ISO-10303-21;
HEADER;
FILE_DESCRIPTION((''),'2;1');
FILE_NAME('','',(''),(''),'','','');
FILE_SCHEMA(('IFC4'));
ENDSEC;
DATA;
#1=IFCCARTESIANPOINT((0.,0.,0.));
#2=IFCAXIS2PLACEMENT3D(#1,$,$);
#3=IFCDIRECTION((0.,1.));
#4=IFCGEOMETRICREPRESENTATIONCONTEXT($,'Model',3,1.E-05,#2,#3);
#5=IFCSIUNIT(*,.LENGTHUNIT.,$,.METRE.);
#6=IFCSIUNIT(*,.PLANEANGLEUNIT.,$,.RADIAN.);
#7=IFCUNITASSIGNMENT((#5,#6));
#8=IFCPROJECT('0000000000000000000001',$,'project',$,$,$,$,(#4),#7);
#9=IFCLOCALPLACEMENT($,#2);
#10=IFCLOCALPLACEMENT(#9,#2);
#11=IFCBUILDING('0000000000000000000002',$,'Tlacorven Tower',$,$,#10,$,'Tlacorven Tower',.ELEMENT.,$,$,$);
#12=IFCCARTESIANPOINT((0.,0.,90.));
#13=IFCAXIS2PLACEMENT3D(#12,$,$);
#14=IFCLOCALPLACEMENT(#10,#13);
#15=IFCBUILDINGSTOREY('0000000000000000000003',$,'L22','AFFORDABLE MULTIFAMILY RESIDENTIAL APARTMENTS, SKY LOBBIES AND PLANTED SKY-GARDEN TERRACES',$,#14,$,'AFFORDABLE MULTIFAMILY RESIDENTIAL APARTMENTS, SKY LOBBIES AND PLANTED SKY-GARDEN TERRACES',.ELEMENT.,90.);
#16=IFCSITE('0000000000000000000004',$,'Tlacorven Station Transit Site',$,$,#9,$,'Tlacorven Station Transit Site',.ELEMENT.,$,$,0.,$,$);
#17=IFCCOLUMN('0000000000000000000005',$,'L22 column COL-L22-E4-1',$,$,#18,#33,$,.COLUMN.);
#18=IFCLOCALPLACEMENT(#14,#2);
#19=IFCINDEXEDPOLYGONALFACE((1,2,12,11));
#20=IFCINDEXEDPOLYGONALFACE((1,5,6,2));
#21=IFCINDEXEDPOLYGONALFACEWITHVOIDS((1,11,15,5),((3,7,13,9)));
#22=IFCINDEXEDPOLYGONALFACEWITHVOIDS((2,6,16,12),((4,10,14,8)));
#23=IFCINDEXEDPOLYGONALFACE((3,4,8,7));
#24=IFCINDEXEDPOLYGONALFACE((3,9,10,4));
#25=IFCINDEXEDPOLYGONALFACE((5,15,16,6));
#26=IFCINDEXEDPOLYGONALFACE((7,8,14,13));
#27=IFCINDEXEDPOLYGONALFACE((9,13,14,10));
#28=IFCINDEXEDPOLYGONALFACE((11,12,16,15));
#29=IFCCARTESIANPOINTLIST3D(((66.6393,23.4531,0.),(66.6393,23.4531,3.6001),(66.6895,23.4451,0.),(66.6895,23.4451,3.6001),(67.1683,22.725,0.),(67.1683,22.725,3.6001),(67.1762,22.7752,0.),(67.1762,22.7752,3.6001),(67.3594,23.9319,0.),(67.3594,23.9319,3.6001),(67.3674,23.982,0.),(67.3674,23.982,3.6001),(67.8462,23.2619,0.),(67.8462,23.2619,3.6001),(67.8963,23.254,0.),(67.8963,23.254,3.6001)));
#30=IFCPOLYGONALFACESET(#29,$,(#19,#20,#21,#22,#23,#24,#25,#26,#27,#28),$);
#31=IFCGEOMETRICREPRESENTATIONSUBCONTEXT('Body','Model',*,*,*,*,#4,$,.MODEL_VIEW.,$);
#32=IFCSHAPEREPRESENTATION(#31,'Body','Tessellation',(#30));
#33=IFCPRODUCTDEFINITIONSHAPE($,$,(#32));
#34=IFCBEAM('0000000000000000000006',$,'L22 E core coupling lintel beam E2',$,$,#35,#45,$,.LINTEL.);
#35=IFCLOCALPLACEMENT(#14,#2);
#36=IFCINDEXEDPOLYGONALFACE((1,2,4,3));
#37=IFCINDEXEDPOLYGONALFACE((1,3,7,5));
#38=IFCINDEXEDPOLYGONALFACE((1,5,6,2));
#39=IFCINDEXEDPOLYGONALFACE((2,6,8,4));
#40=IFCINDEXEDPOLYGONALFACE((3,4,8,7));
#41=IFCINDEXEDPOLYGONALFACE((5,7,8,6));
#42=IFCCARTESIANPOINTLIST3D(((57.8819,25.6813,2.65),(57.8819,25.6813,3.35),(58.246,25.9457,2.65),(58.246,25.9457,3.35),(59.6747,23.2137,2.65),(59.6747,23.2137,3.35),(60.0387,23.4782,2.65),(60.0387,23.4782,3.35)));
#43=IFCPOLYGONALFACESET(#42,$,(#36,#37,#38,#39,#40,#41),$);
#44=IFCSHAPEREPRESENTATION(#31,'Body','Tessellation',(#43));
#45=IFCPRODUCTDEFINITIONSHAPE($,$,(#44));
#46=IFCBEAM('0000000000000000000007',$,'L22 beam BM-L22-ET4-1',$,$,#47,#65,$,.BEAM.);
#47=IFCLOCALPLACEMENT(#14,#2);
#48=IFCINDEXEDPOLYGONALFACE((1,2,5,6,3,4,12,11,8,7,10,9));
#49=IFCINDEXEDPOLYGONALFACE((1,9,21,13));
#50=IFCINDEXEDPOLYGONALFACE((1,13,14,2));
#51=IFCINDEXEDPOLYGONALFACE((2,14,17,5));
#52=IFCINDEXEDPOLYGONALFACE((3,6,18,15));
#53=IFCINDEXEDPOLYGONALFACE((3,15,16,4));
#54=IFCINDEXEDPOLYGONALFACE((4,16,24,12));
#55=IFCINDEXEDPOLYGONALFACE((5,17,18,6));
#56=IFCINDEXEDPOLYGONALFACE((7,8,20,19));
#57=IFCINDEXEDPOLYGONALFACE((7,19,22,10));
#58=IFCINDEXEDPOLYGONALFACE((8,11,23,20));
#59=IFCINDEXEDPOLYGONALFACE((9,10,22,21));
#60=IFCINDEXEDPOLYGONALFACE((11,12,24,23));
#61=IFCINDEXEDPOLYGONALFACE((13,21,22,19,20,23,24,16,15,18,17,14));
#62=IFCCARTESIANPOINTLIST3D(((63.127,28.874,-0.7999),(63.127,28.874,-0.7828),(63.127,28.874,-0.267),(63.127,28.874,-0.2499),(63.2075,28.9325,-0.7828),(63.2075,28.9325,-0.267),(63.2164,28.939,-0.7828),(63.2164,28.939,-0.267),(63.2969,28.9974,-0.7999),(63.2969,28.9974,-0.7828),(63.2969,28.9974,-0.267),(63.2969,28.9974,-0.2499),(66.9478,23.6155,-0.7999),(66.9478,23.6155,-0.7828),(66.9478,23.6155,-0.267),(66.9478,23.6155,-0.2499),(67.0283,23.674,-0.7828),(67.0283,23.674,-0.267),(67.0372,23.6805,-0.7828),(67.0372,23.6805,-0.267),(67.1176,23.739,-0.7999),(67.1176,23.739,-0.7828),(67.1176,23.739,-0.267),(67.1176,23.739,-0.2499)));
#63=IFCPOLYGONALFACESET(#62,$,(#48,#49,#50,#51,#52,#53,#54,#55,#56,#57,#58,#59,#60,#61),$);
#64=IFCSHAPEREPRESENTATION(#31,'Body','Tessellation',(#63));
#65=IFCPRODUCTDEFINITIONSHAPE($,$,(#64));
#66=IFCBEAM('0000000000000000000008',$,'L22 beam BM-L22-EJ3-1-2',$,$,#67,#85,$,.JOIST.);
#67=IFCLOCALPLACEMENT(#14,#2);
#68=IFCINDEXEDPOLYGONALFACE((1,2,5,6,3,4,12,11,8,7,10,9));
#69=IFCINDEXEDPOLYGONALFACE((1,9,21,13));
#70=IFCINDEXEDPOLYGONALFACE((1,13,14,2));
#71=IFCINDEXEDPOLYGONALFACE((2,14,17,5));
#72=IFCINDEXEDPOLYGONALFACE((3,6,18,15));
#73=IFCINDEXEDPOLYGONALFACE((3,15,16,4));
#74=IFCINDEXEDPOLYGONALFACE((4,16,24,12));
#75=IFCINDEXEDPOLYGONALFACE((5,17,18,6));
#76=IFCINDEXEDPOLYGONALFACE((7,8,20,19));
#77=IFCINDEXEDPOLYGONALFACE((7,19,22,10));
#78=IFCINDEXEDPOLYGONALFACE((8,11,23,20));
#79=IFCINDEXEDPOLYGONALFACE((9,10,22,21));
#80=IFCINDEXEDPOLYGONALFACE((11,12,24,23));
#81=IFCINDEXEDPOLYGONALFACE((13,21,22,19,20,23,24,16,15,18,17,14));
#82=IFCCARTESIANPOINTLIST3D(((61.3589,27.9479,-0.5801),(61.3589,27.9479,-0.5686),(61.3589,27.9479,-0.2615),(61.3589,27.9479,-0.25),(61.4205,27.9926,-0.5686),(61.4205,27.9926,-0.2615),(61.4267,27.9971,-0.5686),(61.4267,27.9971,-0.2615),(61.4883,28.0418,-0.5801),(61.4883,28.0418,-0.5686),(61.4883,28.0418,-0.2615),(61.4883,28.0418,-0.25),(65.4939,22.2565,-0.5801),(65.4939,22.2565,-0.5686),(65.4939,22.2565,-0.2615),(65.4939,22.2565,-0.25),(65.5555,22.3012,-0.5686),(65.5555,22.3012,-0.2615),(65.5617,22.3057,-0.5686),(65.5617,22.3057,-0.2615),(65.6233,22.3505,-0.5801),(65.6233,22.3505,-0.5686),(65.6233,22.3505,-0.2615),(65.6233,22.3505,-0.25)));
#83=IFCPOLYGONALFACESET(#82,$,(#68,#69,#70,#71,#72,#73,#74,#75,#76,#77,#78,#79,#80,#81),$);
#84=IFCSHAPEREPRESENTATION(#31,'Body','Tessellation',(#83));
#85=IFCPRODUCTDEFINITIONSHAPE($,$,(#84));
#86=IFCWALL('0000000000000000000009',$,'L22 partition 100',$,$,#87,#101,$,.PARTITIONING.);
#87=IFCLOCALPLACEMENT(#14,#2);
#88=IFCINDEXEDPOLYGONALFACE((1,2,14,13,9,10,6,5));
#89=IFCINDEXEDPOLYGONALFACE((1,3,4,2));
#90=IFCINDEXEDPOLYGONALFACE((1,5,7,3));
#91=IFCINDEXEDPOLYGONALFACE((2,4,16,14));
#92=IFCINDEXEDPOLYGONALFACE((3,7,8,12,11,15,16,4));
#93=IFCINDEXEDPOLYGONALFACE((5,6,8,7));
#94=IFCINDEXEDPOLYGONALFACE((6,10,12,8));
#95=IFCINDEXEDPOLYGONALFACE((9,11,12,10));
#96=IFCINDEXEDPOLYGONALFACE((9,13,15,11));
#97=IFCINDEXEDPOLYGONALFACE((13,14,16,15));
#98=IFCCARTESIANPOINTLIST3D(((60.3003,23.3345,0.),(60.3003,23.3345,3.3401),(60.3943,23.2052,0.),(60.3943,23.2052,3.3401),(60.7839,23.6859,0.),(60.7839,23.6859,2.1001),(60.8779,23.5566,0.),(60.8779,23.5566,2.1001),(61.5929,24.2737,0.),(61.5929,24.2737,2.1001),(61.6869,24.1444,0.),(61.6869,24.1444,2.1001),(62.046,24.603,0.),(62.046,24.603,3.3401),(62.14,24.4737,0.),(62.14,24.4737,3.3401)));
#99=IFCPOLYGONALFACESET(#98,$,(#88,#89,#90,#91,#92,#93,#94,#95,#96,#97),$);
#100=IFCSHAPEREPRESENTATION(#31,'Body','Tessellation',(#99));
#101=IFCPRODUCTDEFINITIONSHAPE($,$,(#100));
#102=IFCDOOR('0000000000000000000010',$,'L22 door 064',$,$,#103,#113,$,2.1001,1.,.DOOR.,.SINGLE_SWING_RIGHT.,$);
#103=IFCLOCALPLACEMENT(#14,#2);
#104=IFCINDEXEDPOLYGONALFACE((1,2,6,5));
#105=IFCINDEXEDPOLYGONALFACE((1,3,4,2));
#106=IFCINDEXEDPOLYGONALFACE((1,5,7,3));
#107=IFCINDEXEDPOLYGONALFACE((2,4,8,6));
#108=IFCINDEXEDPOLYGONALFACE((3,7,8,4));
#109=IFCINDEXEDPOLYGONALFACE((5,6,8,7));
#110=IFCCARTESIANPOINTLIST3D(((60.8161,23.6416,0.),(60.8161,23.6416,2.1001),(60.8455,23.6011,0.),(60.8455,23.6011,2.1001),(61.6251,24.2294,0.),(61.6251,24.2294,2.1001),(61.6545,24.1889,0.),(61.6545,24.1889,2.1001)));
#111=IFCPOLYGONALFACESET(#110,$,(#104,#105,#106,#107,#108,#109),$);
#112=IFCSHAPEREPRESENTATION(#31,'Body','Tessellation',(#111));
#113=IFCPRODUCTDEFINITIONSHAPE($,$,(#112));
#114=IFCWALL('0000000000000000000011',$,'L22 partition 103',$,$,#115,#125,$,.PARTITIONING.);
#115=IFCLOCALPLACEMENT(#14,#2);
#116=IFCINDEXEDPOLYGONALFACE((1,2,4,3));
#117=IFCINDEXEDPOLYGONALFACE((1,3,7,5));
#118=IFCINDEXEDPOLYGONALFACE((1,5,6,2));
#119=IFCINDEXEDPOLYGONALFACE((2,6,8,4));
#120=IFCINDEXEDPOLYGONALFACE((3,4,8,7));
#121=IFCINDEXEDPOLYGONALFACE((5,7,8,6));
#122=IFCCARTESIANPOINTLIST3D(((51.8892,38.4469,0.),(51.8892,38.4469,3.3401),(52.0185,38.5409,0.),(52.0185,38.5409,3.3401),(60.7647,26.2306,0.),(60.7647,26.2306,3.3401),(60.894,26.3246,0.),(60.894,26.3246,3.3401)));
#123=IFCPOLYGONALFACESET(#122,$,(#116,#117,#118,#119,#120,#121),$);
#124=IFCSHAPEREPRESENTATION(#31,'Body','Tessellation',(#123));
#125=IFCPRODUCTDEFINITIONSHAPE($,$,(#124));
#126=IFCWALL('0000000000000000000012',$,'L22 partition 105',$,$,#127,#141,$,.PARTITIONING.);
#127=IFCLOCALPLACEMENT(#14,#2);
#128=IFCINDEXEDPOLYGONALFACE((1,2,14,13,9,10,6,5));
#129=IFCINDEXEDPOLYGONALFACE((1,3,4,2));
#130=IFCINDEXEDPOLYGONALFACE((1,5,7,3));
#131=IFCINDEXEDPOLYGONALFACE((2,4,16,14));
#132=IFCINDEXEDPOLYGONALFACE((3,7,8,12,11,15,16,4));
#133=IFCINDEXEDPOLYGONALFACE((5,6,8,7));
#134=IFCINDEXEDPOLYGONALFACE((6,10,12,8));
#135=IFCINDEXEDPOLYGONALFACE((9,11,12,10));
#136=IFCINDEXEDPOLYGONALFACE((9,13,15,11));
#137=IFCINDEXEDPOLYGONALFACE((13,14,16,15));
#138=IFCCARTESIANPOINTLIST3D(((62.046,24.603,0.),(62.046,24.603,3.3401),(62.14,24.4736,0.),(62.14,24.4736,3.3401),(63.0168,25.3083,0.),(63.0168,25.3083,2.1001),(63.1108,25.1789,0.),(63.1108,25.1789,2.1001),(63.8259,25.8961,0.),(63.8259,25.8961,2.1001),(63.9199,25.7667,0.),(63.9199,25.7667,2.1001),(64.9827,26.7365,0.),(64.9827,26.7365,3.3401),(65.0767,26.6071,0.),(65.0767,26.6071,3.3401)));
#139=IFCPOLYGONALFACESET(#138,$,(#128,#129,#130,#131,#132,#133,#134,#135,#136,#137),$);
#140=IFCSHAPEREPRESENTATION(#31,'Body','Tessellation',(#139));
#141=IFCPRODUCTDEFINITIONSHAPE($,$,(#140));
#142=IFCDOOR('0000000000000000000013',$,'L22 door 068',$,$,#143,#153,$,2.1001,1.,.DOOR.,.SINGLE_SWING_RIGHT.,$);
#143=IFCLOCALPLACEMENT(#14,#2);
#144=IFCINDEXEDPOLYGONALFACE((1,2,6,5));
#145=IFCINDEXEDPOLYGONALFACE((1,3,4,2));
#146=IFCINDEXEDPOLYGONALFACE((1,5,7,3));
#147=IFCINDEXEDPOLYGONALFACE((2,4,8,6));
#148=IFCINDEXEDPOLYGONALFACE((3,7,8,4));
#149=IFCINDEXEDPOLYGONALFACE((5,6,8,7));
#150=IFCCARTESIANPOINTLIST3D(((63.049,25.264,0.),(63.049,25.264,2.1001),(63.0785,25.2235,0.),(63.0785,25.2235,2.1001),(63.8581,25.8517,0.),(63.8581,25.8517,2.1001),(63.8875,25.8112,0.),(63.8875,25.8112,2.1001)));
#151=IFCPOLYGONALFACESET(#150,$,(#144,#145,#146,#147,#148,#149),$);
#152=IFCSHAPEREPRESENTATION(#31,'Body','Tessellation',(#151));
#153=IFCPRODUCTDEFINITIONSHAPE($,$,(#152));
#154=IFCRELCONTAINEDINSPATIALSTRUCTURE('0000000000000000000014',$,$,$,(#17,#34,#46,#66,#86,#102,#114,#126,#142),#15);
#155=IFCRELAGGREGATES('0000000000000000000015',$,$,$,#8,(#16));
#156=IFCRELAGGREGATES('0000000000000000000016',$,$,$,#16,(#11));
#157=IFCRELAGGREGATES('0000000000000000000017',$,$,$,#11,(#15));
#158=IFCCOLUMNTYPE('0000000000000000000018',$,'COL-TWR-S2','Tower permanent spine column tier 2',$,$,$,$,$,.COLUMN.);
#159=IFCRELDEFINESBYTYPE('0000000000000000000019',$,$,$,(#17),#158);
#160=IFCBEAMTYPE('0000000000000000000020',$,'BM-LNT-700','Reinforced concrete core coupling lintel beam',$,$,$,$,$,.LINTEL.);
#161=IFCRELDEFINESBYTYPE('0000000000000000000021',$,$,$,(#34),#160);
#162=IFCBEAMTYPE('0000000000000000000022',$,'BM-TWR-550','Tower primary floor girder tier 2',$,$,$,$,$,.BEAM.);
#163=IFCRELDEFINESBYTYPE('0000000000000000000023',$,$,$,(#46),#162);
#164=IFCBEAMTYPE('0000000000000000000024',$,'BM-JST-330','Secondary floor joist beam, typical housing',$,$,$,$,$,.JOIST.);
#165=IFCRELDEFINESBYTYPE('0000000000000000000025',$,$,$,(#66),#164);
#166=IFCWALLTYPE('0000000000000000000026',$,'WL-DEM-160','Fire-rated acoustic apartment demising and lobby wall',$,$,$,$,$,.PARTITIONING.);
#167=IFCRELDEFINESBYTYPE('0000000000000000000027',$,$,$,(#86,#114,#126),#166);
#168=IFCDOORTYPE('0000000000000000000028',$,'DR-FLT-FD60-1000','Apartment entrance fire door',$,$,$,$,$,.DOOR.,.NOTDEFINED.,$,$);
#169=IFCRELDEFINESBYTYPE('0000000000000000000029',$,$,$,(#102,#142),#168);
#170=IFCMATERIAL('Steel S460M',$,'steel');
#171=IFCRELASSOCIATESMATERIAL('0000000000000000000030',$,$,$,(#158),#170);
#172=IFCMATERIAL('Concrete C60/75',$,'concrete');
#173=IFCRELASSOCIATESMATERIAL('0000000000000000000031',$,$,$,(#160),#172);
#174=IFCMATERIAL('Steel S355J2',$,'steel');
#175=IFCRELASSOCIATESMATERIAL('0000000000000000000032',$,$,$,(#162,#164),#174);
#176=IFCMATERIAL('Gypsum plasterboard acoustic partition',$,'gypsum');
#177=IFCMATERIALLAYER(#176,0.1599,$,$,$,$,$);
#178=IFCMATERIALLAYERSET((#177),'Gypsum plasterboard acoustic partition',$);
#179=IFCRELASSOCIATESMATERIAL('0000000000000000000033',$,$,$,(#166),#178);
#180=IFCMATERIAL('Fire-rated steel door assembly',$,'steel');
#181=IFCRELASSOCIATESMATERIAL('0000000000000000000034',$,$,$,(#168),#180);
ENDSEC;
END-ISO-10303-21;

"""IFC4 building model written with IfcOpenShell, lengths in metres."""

from ifc_helpers import new_model, si_unit, direction, frame, frame_2d, origin, origin_2d, place, context, subcontext, project, spatial, rectangle, hollow_rectangle, i_section, extrude, source, transform, mapped, material, layer, layer_set, material_profile, profile_set, type_object, element, fill, save


model = new_model("IFC4")

# Units and contexts
model_context = context("Model", 3, precision=1e-05, world=origin(), true_north=direction((0.0, 1.0)))
body_context = subcontext(model_context, "Body", "Model", "MODEL_VIEW")
ifc_project = project(units=[si_unit("LENGTHUNIT", "METRE"), si_unit("PLANEANGLEUNIT", "RADIAN")], contexts=[model_context])

# Site, building, storey
site_placement = place(None, origin())
site = spatial("IfcSite", under=ifc_project, at=site_placement, Name="Tlacorven Station Transit Site", LongName="Tlacorven Station Transit Site", CompositionType="ELEMENT", RefElevation=0.0)
building_placement = place(site_placement, origin())
building = spatial("IfcBuilding", under=site, at=building_placement, Name="Tlacorven Tower", LongName="Tlacorven Tower", CompositionType="ELEMENT")
storey_placement = place(building_placement, frame((0.0, 0.0, 90.0)))
storey = spatial("IfcBuildingStorey", under=building, at=storey_placement, Name="L22", Description="AFFORDABLE MULTIFAMILY RESIDENTIAL APARTMENTS, SKY LOBBIES AND PLANTED SKY-GARDEN TERRACES", LongName="AFFORDABLE MULTIFAMILY RESIDENTIAL APARTMENTS, SKY LOBBIES AND PLANTED SKY-GARDEN TERRACES", CompositionType="ELEMENT", Elevation=90.0)

# Column
ifc_material_1 = material(Name="Steel S460M", Category="steel")
ifc_material_profile_1 = material_profile(ifc_material_1, hollow_rectangle(XDim=0.8999, YDim=0.8999, WallThickness=0.0359, at=origin_2d()), Name="BOX 900X900X36")
ifc_profile_set_1 = profile_set([ifc_material_profile_1], Name="Steel S460M")
column_type = type_object("IfcColumnType", Name="COL-TWR-S2", Description="Tower permanent spine column tier 2", PredefinedType="COLUMN", material=ifc_profile_set_1)
shared_shape_1 = source(origin(), body_context, "Body", "SweptSolid", [
    extrude(hollow_rectangle(XDim=0.8999, YDim=0.8999, WallThickness=0.0359, at=origin_2d()), origin(), (0.0, 0.0, 1.0), 3.6001),
])
column_placement = place(storey_placement, frame((67.2678, 23.3535, 0.0), z_axis=(0.0, 0.0, 1.0), x_axis=(0.809017, 0.587785, 0.0)))
element("IfcColumn", 1, at=column_placement, inside=storey, type_object=column_type, Name="L22 column COL-L22-E4-1", PredefinedType="COLUMN", context=body_context, shape_type="MappedRepresentation", body=[
    mapped(shared_shape_1, transform((0.0, 0.0, 0.0), scale=1.0)),
])

# Beams
ifc_material_2 = material(Name="Concrete C60/75", Category="concrete")
ifc_material_profile_2 = material_profile(ifc_material_2, rectangle(XDim=0.45, YDim=0.7, at=origin_2d()), Name="RC 450X700")
ifc_profile_set_2 = profile_set([ifc_material_profile_2], Name="Concrete C60/75")
beam_type_1 = type_object("IfcBeamType", Name="BM-LNT-700", Description="Reinforced concrete core coupling lintel beam", PredefinedType="LINTEL", material=ifc_profile_set_2)
shared_shape_2 = source(origin(), body_context, "Body", "SweptSolid", [
    extrude(rectangle(XDim=0.45, YDim=0.7, at=origin_2d()), origin(), (0.0, 0.0, 1.0), 3.05),
])
beam_1_placement = place(storey_placement, frame((59.8567, 23.3459, 3.0), z_axis=(-0.587777, 0.809023, 0.0), x_axis=(-0.809023, -0.587777, 0.0)))
element("IfcBeam", 2, at=beam_1_placement, inside=storey, type_object=beam_type_1, Name="L22 E core coupling lintel beam E2", PredefinedType="LINTEL", context=body_context, shape_type="MappedRepresentation", body=[
    mapped(shared_shape_2, transform((0.0, 0.0, 0.0), scale=1.0)),
])
ifc_material_3 = material(Name="Steel S355J2", Category="steel")
ifc_material_profile_3 = material_profile(ifc_material_3, i_section(OverallWidth=0.21, OverallDepth=0.55, WebThickness=0.011, FlangeThickness=0.0171, at=origin_2d()), Name="IPE 550")
ifc_profile_set_3 = profile_set([ifc_material_profile_3], Name="Steel S355J2")
beam_type_2 = type_object("IfcBeamType", Name="BM-TWR-550", Description="Tower primary floor girder tier 2", PredefinedType="BEAM", material=ifc_profile_set_3)
shared_shape_3 = source(origin(), body_context, "Body", "SweptSolid", [
    extrude(i_section(OverallWidth=0.21, OverallDepth=0.55, WebThickness=0.011, FlangeThickness=0.0171, at=origin_2d()), origin(), (0.0, 0.0, 1.0), 6.5),
])
beam_2_placement = place(storey_placement, frame((67.0327, 23.6772, -0.5249), z_axis=(-0.58781, 0.808999, 0.0), x_axis=(-0.808999, -0.58781, 0.0)))
element("IfcBeam", 3, at=beam_2_placement, inside=storey, type_object=beam_type_2, Name="L22 beam BM-L22-ET4-1", PredefinedType="BEAM", context=body_context, shape_type="MappedRepresentation", body=[
    mapped(shared_shape_3, transform((0.0, 0.0, 0.0), scale=1.0)),
])
ifc_material_profile_4 = material_profile(ifc_material_3, i_section(OverallWidth=0.1599, OverallDepth=0.3301, WebThickness=0.0076, FlangeThickness=0.0115, at=origin_2d()), Name="IPE 330")
ifc_profile_set_4 = profile_set([ifc_material_profile_4], Name="Steel S355J2")
beam_type_3 = type_object("IfcBeamType", Name="BM-JST-330", Description="Secondary floor joist beam, typical housing", PredefinedType="JOIST", material=ifc_profile_set_4)
shared_shape_4 = source(origin(), body_context, "Body", "SweptSolid", [
    extrude(i_section(OverallWidth=0.1599, OverallDepth=0.3301, WebThickness=0.0076, FlangeThickness=0.0115, at=origin_2d()), origin(), (0.0, 0.0, 1.0), 7.0349),
])
beam_3_placement = place(storey_placement, frame((65.5586, 22.3035, -0.415), z_axis=(-0.587782, 0.80902, 0.0), x_axis=(-0.80902, -0.587782, 0.0)))
element("IfcBeam", 4, at=beam_3_placement, inside=storey, type_object=beam_type_3, Name="L22 beam BM-L22-EJ3-1-2", PredefinedType="JOIST", context=body_context, shape_type="MappedRepresentation", body=[
    mapped(shared_shape_4, transform((0.0, 0.0, 0.0), scale=1.0)),
])

# Wall, opening, door
ifc_material_4 = material(Name="Gypsum plasterboard acoustic partition", Category="gypsum")
ifc_layer_1 = layer(ifc_material_4, 0.1599)
ifc_layer_set_1 = layer_set([ifc_layer_1], Name="Gypsum plasterboard acoustic partition")
wall_type_1 = type_object("IfcWallType", Name="WL-DEM-160", Description="Fire-rated acoustic apartment demising and lobby wall", PredefinedType="PARTITIONING", material=ifc_layer_set_1)
wall_1_placement = place(storey_placement, frame((60.3472, 23.2698, 0.0), z_axis=(0.0, 0.0, 1.0), x_axis=(0.80899, 0.587822, 0.0)))
wall_1 = element("IfcWall", 5, at=wall_1_placement, inside=storey, type_object=wall_type_1, Name="L22 partition 100", PredefinedType="PARTITIONING", context=body_context, shape_type="SweptSolid", body=[
    extrude(rectangle(XDim=2.158, YDim=0.1599, at=frame_2d((1.0791, 0.0))), origin(), (0.0, 0.0, 1.0), 3.3401),
])
opening_1_placement = place(wall_1_placement, frame((0.5979, 0.0, 0.0)))
opening_1 = element("IfcOpeningElement", 6, at=opening_1_placement, cuts=wall_1, PredefinedType="OPENING", context=body_context, shape_type="SweptSolid", body=[
    extrude(rectangle(XDim=1.0, YDim=2.1001, at=frame_2d((0.5, 1.05))), frame((0.0, 0.0898, 0.0), z_axis=(0.0, -1.0, 0.0), x_axis=(1.0, 0.0, 0.0)), (0.0, 0.0, 1.0), 0.1799),
])
ifc_material_5 = material(Name="Fire-rated steel door assembly", Category="steel")
door_type_1 = type_object("IfcDoorType", Name="DR-FLT-FD60-1000", Description="Apartment entrance fire door", OperationType="NOTDEFINED", PredefinedType="DOOR", material=ifc_material_5)
shared_shape_5 = source(origin(), body_context, "Body", "SweptSolid", [
    extrude(rectangle(XDim=1.0, YDim=2.1001, at=frame_2d((0.5, 1.05))), frame((0.0, 0.0249, 0.0), z_axis=(0.0, -1.0, 0.0), x_axis=(1.0, 0.0, 0.0)), (0.0, 0.0, 1.0), 0.05),
])
door_1_placement = place(opening_1_placement, frame((1.0, 0.0, 0.0), z_axis=(0.0, 0.0, 1.0), x_axis=(-1.0, 0.0, 0.0)))
door_1 = element("IfcDoor", 7, at=door_1_placement, inside=storey, type_object=door_type_1, Name="L22 door 064", OperationType="SINGLE_SWING_RIGHT", OverallHeight=2.1001, OverallWidth=1.0, PredefinedType="DOOR", context=body_context, shape_type="MappedRepresentation", body=[
    mapped(shared_shape_5, transform((0.0, 0.0, 0.0), scale=1.0)),
])
fill(opening_1, door_1)

# Wall
wall_2_placement = place(storey_placement, frame((60.8293, 26.2776, 0.0), z_axis=(0.0, 0.0, 1.0), x_axis=(-0.587777, 0.809023, 0.0)))
element("IfcWall", 8, at=wall_2_placement, inside=storey, type_object=wall_type_1, Name="L22 partition 103", PredefinedType="PARTITIONING", context=body_context, shape_type="SweptSolid", body=[
    extrude(rectangle(XDim=15.1001, YDim=0.1599, at=frame_2d((7.55, 0.0))), origin(), (0.0, 0.0, 1.0), 3.3401),
])

# Wall, opening, door
wall_3_placement = place(storey_placement, frame((62.093, 24.5383, 0.0), z_axis=(0.0, 0.0, 1.0), x_axis=(0.809036, 0.58776, 0.0)))
wall_3 = element("IfcWall", 9, at=wall_3_placement, inside=storey, type_object=wall_type_1, Name="L22 partition 105", PredefinedType="PARTITIONING", context=body_context, shape_type="SweptSolid", body=[
    extrude(rectangle(XDim=3.6299, YDim=0.1599, at=frame_2d((1.8149, 0.0))), origin(), (0.0, 0.0, 1.0), 3.3401),
])
opening_2_placement = place(wall_3_placement, frame((1.2, 0.0, 0.0)))
opening_2 = element("IfcOpeningElement", 10, at=opening_2_placement, cuts=wall_3, PredefinedType="OPENING", context=body_context, shape_type="SweptSolid", body=[
    extrude(rectangle(XDim=1.0, YDim=2.1001, at=frame_2d((0.5, 1.05))), frame((0.0, 0.0898, 0.0), z_axis=(0.0, -1.0, 0.0), x_axis=(1.0, 0.0, 0.0)), (0.0, 0.0, 1.0), 0.1799),
])
door_2_placement = place(opening_2_placement, frame((1.0, 0.0, 0.0), z_axis=(0.0, 0.0, 1.0), x_axis=(-1.0, 0.0, 0.0)))
door_2 = element("IfcDoor", 11, at=door_2_placement, inside=storey, type_object=door_type_1, Name="L22 door 068", OperationType="SINGLE_SWING_RIGHT", OverallHeight=2.1001, OverallWidth=1.0, PredefinedType="DOOR", context=body_context, shape_type="MappedRepresentation", body=[
    mapped(shared_shape_5, transform((0.0, 0.0, 0.0), scale=1.0)),
])
fill(opening_2, door_2)

save(model, "model.ifc")
